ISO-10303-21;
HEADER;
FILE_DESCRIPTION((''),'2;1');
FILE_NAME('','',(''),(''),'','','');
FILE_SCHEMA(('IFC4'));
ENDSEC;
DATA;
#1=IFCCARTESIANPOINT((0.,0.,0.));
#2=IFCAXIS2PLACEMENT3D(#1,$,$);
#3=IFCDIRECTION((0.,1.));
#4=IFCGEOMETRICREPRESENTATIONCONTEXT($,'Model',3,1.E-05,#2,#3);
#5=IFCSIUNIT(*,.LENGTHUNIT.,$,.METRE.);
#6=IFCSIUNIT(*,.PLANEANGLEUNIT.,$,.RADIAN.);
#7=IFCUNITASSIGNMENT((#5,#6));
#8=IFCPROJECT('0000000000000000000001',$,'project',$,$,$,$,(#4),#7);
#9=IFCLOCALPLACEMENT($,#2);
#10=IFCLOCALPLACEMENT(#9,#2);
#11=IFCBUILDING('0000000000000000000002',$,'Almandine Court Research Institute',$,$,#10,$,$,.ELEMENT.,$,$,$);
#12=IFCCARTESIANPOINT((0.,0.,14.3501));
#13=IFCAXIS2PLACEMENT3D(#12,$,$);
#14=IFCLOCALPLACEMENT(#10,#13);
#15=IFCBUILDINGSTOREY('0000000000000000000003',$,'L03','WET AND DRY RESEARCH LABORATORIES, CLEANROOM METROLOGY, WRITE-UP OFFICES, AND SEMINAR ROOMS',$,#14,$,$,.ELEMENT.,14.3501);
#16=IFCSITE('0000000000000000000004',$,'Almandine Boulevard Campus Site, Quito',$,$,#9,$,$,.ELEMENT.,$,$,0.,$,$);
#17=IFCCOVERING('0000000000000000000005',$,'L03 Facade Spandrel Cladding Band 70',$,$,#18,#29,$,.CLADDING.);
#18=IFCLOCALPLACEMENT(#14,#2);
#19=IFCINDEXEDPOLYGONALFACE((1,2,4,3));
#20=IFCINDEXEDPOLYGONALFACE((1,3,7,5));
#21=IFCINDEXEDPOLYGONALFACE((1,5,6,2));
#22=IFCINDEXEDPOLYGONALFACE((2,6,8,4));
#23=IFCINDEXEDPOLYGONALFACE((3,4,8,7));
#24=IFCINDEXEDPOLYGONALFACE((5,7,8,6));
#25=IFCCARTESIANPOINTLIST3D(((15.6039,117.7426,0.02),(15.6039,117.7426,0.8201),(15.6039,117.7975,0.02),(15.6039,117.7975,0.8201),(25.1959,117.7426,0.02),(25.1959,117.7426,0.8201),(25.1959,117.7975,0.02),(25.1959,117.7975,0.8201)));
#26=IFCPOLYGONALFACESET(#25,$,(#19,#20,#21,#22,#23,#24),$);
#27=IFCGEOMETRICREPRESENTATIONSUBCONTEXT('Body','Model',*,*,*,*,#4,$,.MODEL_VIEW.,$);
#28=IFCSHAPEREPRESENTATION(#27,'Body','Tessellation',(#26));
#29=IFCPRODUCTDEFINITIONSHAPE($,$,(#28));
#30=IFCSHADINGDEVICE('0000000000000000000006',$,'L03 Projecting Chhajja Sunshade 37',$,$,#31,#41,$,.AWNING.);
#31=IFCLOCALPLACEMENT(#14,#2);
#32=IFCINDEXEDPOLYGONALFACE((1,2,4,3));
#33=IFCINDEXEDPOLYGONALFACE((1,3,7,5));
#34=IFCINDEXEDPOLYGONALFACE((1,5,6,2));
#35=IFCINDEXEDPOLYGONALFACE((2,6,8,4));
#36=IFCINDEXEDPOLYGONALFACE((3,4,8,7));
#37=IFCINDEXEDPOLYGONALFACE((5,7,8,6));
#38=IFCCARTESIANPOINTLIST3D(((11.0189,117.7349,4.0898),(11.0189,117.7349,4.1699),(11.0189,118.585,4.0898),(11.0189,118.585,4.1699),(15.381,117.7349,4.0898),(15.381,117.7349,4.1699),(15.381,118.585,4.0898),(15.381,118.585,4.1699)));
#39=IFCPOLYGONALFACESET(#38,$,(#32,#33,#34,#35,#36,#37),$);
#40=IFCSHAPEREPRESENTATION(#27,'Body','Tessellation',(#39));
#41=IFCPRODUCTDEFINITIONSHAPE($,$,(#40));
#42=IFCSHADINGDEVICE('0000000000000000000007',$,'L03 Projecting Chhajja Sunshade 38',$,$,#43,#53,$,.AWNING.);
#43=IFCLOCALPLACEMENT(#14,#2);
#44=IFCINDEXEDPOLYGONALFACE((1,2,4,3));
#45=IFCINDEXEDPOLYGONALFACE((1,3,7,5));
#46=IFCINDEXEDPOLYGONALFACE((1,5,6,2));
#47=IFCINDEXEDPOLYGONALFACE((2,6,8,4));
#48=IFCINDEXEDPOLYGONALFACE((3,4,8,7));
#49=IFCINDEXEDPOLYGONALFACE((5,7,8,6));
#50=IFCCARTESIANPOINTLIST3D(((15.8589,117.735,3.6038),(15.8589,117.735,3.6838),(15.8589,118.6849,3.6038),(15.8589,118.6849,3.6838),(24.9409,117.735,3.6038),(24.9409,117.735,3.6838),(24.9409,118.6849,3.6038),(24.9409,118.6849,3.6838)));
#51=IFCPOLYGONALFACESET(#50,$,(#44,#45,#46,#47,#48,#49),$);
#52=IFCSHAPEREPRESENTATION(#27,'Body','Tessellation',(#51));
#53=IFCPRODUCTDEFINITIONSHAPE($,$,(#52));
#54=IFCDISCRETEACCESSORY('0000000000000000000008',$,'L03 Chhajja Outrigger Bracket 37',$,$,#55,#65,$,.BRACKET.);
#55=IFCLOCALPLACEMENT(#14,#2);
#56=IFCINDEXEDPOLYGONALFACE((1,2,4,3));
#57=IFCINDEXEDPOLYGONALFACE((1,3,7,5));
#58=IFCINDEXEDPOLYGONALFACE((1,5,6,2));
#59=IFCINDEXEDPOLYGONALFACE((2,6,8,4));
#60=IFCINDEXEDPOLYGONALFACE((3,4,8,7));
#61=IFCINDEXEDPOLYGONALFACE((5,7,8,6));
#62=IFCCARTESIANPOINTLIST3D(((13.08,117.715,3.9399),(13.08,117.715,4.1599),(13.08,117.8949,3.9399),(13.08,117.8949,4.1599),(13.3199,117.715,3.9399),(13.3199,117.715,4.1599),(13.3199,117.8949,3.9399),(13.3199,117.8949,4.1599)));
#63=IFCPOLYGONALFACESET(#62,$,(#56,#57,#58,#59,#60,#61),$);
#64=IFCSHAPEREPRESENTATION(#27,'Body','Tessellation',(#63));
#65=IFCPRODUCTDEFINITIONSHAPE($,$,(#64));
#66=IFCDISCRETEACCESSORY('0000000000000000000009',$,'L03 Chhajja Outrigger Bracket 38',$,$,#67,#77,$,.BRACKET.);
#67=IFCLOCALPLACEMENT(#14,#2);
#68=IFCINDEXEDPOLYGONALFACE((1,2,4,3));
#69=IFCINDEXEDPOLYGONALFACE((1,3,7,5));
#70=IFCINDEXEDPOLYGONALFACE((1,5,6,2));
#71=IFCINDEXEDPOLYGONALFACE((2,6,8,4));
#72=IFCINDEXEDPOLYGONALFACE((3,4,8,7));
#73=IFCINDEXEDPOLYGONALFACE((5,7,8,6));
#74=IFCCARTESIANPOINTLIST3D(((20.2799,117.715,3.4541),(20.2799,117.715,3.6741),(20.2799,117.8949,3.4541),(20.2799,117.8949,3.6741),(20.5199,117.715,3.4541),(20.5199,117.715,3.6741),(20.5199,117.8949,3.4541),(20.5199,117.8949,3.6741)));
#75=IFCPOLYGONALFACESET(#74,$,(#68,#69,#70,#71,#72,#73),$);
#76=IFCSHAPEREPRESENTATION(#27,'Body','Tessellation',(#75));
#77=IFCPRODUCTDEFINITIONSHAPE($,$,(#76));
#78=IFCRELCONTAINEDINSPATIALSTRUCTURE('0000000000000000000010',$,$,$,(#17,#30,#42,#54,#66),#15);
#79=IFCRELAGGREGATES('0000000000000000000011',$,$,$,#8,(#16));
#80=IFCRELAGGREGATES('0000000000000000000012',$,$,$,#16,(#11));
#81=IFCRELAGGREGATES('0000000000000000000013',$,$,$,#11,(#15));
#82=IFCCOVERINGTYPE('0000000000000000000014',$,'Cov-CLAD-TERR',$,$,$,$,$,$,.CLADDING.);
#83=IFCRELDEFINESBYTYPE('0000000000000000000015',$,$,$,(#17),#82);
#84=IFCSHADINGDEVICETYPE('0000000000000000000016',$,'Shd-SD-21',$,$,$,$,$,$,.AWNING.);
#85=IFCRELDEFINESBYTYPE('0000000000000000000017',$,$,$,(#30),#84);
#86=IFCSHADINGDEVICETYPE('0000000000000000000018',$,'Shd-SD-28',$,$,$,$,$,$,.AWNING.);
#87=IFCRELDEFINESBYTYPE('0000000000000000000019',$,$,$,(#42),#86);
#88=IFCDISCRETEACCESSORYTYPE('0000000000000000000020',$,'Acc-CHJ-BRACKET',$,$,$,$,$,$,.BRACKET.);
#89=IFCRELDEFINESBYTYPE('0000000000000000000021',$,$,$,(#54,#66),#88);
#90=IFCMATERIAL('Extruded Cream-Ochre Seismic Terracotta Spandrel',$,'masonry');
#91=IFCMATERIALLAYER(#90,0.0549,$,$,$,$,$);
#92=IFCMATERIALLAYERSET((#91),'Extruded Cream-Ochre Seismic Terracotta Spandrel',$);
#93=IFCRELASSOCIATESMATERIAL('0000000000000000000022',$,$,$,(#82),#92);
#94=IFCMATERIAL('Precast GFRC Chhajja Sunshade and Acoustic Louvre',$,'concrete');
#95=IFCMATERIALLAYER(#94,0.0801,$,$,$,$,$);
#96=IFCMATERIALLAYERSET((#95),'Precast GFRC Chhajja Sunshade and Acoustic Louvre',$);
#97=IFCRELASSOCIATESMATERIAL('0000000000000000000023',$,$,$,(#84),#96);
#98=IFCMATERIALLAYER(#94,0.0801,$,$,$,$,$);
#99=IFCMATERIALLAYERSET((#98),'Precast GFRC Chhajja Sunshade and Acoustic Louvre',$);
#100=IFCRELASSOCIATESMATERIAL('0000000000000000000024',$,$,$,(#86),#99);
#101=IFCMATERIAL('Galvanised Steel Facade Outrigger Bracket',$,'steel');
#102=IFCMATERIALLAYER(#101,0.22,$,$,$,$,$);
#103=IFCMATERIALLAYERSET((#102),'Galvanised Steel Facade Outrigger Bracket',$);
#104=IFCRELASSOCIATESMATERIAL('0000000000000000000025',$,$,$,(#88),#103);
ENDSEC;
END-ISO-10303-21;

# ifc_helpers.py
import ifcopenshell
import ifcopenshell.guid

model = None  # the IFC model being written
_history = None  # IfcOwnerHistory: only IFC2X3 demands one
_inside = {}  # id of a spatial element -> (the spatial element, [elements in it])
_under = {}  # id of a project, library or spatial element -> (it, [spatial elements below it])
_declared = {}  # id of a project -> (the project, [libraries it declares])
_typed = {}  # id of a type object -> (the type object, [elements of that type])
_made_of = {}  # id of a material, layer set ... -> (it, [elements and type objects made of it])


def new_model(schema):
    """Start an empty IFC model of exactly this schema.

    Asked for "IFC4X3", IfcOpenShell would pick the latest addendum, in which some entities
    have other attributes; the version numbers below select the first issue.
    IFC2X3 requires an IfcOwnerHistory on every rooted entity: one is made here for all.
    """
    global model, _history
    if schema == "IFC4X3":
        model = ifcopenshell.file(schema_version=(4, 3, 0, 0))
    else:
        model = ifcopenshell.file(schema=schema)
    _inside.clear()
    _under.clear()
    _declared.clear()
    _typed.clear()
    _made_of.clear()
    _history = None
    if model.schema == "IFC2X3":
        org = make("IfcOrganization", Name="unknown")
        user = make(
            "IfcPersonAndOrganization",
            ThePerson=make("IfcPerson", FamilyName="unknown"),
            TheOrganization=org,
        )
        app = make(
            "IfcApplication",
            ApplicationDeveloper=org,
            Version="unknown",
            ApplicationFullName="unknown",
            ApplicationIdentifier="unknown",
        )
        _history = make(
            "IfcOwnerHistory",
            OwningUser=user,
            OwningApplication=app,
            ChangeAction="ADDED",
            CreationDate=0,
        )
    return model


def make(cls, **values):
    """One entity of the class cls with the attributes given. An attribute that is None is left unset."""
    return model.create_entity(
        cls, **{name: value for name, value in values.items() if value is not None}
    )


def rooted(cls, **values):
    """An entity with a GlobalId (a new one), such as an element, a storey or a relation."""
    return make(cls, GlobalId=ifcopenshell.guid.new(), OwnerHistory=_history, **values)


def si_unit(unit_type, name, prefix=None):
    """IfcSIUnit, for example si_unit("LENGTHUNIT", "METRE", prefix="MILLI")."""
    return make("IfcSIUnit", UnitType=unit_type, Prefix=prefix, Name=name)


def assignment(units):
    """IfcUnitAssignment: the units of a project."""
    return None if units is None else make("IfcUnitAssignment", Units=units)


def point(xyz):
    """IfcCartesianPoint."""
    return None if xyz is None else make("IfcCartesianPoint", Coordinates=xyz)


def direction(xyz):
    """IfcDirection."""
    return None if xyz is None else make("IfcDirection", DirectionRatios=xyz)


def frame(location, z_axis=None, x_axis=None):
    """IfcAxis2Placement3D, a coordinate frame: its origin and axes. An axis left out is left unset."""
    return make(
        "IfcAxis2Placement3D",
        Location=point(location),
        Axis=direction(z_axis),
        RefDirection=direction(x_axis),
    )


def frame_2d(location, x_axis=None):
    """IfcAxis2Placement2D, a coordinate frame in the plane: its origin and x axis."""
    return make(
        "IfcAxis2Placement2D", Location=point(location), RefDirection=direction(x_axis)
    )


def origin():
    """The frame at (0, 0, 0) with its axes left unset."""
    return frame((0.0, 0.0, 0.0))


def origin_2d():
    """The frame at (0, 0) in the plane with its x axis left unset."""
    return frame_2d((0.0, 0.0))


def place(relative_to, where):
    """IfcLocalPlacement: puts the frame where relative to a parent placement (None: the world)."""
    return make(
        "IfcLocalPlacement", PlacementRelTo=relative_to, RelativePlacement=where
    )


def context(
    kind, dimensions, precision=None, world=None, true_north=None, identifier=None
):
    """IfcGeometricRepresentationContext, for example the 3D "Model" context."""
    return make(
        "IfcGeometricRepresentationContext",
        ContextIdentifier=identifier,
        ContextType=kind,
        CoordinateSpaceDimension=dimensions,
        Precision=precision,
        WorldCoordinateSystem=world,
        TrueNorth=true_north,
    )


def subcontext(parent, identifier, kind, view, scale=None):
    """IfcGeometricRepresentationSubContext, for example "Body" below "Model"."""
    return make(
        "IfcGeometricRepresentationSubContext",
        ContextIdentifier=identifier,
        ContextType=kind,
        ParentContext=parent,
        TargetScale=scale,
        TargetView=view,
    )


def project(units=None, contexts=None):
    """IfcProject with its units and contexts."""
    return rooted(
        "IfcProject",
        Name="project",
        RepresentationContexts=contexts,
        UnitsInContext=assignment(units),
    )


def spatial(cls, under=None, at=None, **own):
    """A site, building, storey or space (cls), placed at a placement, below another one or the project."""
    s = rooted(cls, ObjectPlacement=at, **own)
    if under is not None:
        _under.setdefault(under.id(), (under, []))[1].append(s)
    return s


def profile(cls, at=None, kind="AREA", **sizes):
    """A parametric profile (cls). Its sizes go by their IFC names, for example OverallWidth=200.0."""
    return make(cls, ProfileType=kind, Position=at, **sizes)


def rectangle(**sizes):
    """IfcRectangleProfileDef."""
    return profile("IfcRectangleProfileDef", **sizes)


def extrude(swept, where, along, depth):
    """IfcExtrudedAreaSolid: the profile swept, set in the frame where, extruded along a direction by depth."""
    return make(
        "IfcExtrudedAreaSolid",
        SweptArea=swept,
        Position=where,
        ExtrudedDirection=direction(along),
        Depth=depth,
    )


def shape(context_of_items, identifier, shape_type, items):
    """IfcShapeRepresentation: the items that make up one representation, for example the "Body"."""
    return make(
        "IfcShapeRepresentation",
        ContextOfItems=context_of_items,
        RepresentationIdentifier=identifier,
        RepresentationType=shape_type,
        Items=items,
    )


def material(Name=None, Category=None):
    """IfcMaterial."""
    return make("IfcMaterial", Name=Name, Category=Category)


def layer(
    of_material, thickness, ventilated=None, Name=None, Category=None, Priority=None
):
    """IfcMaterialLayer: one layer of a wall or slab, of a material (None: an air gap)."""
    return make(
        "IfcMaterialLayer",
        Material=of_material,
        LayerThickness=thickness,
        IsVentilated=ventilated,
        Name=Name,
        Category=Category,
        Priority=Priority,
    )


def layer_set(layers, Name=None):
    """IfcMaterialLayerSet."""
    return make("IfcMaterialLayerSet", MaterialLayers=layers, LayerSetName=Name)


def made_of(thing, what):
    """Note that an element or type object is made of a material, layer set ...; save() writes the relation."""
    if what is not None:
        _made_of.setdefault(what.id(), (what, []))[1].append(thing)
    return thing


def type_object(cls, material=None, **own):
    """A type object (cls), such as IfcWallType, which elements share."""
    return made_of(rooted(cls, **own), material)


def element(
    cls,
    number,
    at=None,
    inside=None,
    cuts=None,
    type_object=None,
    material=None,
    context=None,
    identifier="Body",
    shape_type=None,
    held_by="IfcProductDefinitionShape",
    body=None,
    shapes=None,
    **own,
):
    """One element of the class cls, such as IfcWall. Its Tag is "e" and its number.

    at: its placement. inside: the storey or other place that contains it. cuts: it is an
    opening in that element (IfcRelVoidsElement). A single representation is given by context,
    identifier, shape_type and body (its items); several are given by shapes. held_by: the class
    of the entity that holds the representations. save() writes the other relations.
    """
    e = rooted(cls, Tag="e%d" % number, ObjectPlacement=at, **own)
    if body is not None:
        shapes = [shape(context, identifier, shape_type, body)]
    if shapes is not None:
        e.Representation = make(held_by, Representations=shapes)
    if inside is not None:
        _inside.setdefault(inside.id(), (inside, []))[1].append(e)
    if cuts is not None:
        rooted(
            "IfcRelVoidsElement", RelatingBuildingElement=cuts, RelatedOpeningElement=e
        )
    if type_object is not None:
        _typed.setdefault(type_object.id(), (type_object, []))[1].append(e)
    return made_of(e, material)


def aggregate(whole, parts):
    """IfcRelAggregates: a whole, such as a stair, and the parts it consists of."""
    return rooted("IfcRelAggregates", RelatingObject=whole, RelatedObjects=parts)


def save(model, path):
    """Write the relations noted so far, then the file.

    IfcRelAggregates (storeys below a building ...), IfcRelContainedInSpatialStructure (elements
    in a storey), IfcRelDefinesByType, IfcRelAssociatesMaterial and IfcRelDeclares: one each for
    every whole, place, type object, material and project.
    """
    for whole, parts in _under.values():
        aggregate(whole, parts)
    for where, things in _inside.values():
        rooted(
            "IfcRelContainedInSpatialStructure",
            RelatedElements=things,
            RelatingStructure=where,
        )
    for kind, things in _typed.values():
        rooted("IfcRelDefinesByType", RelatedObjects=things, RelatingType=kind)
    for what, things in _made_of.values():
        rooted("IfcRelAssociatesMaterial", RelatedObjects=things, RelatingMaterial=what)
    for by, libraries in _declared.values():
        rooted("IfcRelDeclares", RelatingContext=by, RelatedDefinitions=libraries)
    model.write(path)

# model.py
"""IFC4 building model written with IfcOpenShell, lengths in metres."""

from ifc_helpers import new_model, si_unit, direction, frame, origin, origin_2d, place, context, subcontext, project, spatial, rectangle, extrude, material, layer, layer_set, type_object, element, save


model = new_model("IFC4")

# Units and contexts
model_context = context("Model", 3, precision=1e-05, world=origin(), true_north=direction((0.0, 1.0)))
body_context = subcontext(model_context, "Body", "Model", "MODEL_VIEW")
ifc_project = project(units=[si_unit("LENGTHUNIT", "METRE"), si_unit("PLANEANGLEUNIT", "RADIAN")], contexts=[model_context])

# Site, building, storey
site_placement = place(None, origin())
site = spatial("IfcSite", under=ifc_project, at=site_placement, Name="Almandine Boulevard Campus Site, Quito", CompositionType="ELEMENT", RefElevation=0.0)
building_placement = place(site_placement, origin())
building = spatial("IfcBuilding", under=site, at=building_placement, Name="Almandine Court Research Institute", CompositionType="ELEMENT")
storey_placement = place(building_placement, frame((0.0, 0.0, 14.3501)))
storey = spatial("IfcBuildingStorey", under=building, at=storey_placement, Name="L03", Description="WET AND DRY RESEARCH LABORATORIES, CLEANROOM METROLOGY, WRITE-UP OFFICES, AND SEMINAR ROOMS", CompositionType="ELEMENT", Elevation=14.3501)

# Covering
ifc_material_1 = material(Name="Extruded Cream-Ochre Seismic Terracotta Spandrel", Category="masonry")
ifc_layer_1 = layer(ifc_material_1, 0.0549)
ifc_layer_set_1 = layer_set([ifc_layer_1], Name="Extruded Cream-Ochre Seismic Terracotta Spandrel")
covering_type = type_object("IfcCoveringType", Name="Cov-CLAD-TERR", PredefinedType="CLADDING", material=ifc_layer_set_1)
covering_1_placement = place(storey_placement, frame((20.3999, 117.77, 0.02), z_axis=(0.0, 0.0, 1.0), x_axis=(1.0, 0.0, 0.0)))
element("IfcCovering", 1, at=covering_1_placement, inside=storey, type_object=covering_type, Name="L03 Facade Spandrel Cladding Band 70", PredefinedType="CLADDING", context=body_context, shape_type="SweptSolid", body=[
    extrude(rectangle(XDim=9.592, YDim=0.0549, at=origin_2d()), origin(), (0.0, 0.0, 1.0), 0.8),
])

# Shading devices
ifc_material_2 = material(Name="Precast GFRC Chhajja Sunshade and Acoustic Louvre", Category="concrete")
ifc_layer_2 = layer(ifc_material_2, 0.0801)
ifc_layer_set_2 = layer_set([ifc_layer_2], Name="Precast GFRC Chhajja Sunshade and Acoustic Louvre")
shading_device_type_1 = type_object("IfcShadingDeviceType", Name="Shd-SD-21", PredefinedType="AWNING", material=ifc_layer_set_2)
shading_device_1_placement = place(storey_placement, frame((13.2, 118.1599, 4.0898), z_axis=(0.0, 0.0, 1.0), x_axis=(1.0, 0.0, 0.0)))
element("IfcShadingDevice", 2, at=shading_device_1_placement, inside=storey, type_object=shading_device_type_1, Name="L03 Projecting Chhajja Sunshade 37", PredefinedType="AWNING", context=body_context, shape_type="SweptSolid", body=[
    extrude(rectangle(XDim=4.3621, YDim=0.8501, at=origin_2d()), origin(), (0.0, 0.0, 1.0), 0.0801),
])
ifc_layer_3 = layer(ifc_material_2, 0.0801)
ifc_layer_set_3 = layer_set([ifc_layer_3], Name="Precast GFRC Chhajja Sunshade and Acoustic Louvre")
shading_device_type_2 = type_object("IfcShadingDeviceType", Name="Shd-SD-28", PredefinedType="AWNING", material=ifc_layer_set_3)
shading_device_2_placement = place(storey_placement, frame((20.3999, 118.21, 3.6038), z_axis=(0.0, 0.0, 1.0), x_axis=(1.0, 0.0, 0.0)))
element("IfcShadingDevice", 3, at=shading_device_2_placement, inside=storey, type_object=shading_device_type_2, Name="L03 Projecting Chhajja Sunshade 38", PredefinedType="AWNING", context=body_context, shape_type="SweptSolid", body=[
    extrude(rectangle(XDim=9.082, YDim=0.95, at=origin_2d()), origin(), (0.0, 0.0, 1.0), 0.0801),
])

# Discrete accessories
ifc_material_3 = material(Name="Galvanised Steel Facade Outrigger Bracket", Category="steel")
ifc_layer_4 = layer(ifc_material_3, 0.22)
ifc_layer_set_4 = layer_set([ifc_layer_4], Name="Galvanised Steel Facade Outrigger Bracket")
discrete_accessory_type = type_object("IfcDiscreteAccessoryType", Name="Acc-CHJ-BRACKET", PredefinedType="BRACKET", material=ifc_layer_set_4)
for number, where, z_axis, x_axis, name in (
    (4, (13.2, 117.8049, 3.9399), (0.0, 0.0, 1.0), (1.0, 0.0, 0.0), "L03 Chhajja Outrigger Bracket 37"),
    (5, (20.3999, 117.8049, 3.4541), (0.0, 0.0, 1.0), (1.0, 0.0, 0.0), "L03 Chhajja Outrigger Bracket 38"),
):
    element("IfcDiscreteAccessory", number, at=place(storey_placement, frame(where, z_axis=z_axis, x_axis=x_axis)), inside=storey, type_object=discrete_accessory_type, Name=name, PredefinedType="BRACKET", context=body_context, shape_type="SweptSolid", body=[
        extrude(rectangle(XDim=0.24, YDim=0.1799, at=origin_2d()), origin(), (0.0, 0.0, 1.0), 0.22),
    ])

save(model, "model.ifc")
